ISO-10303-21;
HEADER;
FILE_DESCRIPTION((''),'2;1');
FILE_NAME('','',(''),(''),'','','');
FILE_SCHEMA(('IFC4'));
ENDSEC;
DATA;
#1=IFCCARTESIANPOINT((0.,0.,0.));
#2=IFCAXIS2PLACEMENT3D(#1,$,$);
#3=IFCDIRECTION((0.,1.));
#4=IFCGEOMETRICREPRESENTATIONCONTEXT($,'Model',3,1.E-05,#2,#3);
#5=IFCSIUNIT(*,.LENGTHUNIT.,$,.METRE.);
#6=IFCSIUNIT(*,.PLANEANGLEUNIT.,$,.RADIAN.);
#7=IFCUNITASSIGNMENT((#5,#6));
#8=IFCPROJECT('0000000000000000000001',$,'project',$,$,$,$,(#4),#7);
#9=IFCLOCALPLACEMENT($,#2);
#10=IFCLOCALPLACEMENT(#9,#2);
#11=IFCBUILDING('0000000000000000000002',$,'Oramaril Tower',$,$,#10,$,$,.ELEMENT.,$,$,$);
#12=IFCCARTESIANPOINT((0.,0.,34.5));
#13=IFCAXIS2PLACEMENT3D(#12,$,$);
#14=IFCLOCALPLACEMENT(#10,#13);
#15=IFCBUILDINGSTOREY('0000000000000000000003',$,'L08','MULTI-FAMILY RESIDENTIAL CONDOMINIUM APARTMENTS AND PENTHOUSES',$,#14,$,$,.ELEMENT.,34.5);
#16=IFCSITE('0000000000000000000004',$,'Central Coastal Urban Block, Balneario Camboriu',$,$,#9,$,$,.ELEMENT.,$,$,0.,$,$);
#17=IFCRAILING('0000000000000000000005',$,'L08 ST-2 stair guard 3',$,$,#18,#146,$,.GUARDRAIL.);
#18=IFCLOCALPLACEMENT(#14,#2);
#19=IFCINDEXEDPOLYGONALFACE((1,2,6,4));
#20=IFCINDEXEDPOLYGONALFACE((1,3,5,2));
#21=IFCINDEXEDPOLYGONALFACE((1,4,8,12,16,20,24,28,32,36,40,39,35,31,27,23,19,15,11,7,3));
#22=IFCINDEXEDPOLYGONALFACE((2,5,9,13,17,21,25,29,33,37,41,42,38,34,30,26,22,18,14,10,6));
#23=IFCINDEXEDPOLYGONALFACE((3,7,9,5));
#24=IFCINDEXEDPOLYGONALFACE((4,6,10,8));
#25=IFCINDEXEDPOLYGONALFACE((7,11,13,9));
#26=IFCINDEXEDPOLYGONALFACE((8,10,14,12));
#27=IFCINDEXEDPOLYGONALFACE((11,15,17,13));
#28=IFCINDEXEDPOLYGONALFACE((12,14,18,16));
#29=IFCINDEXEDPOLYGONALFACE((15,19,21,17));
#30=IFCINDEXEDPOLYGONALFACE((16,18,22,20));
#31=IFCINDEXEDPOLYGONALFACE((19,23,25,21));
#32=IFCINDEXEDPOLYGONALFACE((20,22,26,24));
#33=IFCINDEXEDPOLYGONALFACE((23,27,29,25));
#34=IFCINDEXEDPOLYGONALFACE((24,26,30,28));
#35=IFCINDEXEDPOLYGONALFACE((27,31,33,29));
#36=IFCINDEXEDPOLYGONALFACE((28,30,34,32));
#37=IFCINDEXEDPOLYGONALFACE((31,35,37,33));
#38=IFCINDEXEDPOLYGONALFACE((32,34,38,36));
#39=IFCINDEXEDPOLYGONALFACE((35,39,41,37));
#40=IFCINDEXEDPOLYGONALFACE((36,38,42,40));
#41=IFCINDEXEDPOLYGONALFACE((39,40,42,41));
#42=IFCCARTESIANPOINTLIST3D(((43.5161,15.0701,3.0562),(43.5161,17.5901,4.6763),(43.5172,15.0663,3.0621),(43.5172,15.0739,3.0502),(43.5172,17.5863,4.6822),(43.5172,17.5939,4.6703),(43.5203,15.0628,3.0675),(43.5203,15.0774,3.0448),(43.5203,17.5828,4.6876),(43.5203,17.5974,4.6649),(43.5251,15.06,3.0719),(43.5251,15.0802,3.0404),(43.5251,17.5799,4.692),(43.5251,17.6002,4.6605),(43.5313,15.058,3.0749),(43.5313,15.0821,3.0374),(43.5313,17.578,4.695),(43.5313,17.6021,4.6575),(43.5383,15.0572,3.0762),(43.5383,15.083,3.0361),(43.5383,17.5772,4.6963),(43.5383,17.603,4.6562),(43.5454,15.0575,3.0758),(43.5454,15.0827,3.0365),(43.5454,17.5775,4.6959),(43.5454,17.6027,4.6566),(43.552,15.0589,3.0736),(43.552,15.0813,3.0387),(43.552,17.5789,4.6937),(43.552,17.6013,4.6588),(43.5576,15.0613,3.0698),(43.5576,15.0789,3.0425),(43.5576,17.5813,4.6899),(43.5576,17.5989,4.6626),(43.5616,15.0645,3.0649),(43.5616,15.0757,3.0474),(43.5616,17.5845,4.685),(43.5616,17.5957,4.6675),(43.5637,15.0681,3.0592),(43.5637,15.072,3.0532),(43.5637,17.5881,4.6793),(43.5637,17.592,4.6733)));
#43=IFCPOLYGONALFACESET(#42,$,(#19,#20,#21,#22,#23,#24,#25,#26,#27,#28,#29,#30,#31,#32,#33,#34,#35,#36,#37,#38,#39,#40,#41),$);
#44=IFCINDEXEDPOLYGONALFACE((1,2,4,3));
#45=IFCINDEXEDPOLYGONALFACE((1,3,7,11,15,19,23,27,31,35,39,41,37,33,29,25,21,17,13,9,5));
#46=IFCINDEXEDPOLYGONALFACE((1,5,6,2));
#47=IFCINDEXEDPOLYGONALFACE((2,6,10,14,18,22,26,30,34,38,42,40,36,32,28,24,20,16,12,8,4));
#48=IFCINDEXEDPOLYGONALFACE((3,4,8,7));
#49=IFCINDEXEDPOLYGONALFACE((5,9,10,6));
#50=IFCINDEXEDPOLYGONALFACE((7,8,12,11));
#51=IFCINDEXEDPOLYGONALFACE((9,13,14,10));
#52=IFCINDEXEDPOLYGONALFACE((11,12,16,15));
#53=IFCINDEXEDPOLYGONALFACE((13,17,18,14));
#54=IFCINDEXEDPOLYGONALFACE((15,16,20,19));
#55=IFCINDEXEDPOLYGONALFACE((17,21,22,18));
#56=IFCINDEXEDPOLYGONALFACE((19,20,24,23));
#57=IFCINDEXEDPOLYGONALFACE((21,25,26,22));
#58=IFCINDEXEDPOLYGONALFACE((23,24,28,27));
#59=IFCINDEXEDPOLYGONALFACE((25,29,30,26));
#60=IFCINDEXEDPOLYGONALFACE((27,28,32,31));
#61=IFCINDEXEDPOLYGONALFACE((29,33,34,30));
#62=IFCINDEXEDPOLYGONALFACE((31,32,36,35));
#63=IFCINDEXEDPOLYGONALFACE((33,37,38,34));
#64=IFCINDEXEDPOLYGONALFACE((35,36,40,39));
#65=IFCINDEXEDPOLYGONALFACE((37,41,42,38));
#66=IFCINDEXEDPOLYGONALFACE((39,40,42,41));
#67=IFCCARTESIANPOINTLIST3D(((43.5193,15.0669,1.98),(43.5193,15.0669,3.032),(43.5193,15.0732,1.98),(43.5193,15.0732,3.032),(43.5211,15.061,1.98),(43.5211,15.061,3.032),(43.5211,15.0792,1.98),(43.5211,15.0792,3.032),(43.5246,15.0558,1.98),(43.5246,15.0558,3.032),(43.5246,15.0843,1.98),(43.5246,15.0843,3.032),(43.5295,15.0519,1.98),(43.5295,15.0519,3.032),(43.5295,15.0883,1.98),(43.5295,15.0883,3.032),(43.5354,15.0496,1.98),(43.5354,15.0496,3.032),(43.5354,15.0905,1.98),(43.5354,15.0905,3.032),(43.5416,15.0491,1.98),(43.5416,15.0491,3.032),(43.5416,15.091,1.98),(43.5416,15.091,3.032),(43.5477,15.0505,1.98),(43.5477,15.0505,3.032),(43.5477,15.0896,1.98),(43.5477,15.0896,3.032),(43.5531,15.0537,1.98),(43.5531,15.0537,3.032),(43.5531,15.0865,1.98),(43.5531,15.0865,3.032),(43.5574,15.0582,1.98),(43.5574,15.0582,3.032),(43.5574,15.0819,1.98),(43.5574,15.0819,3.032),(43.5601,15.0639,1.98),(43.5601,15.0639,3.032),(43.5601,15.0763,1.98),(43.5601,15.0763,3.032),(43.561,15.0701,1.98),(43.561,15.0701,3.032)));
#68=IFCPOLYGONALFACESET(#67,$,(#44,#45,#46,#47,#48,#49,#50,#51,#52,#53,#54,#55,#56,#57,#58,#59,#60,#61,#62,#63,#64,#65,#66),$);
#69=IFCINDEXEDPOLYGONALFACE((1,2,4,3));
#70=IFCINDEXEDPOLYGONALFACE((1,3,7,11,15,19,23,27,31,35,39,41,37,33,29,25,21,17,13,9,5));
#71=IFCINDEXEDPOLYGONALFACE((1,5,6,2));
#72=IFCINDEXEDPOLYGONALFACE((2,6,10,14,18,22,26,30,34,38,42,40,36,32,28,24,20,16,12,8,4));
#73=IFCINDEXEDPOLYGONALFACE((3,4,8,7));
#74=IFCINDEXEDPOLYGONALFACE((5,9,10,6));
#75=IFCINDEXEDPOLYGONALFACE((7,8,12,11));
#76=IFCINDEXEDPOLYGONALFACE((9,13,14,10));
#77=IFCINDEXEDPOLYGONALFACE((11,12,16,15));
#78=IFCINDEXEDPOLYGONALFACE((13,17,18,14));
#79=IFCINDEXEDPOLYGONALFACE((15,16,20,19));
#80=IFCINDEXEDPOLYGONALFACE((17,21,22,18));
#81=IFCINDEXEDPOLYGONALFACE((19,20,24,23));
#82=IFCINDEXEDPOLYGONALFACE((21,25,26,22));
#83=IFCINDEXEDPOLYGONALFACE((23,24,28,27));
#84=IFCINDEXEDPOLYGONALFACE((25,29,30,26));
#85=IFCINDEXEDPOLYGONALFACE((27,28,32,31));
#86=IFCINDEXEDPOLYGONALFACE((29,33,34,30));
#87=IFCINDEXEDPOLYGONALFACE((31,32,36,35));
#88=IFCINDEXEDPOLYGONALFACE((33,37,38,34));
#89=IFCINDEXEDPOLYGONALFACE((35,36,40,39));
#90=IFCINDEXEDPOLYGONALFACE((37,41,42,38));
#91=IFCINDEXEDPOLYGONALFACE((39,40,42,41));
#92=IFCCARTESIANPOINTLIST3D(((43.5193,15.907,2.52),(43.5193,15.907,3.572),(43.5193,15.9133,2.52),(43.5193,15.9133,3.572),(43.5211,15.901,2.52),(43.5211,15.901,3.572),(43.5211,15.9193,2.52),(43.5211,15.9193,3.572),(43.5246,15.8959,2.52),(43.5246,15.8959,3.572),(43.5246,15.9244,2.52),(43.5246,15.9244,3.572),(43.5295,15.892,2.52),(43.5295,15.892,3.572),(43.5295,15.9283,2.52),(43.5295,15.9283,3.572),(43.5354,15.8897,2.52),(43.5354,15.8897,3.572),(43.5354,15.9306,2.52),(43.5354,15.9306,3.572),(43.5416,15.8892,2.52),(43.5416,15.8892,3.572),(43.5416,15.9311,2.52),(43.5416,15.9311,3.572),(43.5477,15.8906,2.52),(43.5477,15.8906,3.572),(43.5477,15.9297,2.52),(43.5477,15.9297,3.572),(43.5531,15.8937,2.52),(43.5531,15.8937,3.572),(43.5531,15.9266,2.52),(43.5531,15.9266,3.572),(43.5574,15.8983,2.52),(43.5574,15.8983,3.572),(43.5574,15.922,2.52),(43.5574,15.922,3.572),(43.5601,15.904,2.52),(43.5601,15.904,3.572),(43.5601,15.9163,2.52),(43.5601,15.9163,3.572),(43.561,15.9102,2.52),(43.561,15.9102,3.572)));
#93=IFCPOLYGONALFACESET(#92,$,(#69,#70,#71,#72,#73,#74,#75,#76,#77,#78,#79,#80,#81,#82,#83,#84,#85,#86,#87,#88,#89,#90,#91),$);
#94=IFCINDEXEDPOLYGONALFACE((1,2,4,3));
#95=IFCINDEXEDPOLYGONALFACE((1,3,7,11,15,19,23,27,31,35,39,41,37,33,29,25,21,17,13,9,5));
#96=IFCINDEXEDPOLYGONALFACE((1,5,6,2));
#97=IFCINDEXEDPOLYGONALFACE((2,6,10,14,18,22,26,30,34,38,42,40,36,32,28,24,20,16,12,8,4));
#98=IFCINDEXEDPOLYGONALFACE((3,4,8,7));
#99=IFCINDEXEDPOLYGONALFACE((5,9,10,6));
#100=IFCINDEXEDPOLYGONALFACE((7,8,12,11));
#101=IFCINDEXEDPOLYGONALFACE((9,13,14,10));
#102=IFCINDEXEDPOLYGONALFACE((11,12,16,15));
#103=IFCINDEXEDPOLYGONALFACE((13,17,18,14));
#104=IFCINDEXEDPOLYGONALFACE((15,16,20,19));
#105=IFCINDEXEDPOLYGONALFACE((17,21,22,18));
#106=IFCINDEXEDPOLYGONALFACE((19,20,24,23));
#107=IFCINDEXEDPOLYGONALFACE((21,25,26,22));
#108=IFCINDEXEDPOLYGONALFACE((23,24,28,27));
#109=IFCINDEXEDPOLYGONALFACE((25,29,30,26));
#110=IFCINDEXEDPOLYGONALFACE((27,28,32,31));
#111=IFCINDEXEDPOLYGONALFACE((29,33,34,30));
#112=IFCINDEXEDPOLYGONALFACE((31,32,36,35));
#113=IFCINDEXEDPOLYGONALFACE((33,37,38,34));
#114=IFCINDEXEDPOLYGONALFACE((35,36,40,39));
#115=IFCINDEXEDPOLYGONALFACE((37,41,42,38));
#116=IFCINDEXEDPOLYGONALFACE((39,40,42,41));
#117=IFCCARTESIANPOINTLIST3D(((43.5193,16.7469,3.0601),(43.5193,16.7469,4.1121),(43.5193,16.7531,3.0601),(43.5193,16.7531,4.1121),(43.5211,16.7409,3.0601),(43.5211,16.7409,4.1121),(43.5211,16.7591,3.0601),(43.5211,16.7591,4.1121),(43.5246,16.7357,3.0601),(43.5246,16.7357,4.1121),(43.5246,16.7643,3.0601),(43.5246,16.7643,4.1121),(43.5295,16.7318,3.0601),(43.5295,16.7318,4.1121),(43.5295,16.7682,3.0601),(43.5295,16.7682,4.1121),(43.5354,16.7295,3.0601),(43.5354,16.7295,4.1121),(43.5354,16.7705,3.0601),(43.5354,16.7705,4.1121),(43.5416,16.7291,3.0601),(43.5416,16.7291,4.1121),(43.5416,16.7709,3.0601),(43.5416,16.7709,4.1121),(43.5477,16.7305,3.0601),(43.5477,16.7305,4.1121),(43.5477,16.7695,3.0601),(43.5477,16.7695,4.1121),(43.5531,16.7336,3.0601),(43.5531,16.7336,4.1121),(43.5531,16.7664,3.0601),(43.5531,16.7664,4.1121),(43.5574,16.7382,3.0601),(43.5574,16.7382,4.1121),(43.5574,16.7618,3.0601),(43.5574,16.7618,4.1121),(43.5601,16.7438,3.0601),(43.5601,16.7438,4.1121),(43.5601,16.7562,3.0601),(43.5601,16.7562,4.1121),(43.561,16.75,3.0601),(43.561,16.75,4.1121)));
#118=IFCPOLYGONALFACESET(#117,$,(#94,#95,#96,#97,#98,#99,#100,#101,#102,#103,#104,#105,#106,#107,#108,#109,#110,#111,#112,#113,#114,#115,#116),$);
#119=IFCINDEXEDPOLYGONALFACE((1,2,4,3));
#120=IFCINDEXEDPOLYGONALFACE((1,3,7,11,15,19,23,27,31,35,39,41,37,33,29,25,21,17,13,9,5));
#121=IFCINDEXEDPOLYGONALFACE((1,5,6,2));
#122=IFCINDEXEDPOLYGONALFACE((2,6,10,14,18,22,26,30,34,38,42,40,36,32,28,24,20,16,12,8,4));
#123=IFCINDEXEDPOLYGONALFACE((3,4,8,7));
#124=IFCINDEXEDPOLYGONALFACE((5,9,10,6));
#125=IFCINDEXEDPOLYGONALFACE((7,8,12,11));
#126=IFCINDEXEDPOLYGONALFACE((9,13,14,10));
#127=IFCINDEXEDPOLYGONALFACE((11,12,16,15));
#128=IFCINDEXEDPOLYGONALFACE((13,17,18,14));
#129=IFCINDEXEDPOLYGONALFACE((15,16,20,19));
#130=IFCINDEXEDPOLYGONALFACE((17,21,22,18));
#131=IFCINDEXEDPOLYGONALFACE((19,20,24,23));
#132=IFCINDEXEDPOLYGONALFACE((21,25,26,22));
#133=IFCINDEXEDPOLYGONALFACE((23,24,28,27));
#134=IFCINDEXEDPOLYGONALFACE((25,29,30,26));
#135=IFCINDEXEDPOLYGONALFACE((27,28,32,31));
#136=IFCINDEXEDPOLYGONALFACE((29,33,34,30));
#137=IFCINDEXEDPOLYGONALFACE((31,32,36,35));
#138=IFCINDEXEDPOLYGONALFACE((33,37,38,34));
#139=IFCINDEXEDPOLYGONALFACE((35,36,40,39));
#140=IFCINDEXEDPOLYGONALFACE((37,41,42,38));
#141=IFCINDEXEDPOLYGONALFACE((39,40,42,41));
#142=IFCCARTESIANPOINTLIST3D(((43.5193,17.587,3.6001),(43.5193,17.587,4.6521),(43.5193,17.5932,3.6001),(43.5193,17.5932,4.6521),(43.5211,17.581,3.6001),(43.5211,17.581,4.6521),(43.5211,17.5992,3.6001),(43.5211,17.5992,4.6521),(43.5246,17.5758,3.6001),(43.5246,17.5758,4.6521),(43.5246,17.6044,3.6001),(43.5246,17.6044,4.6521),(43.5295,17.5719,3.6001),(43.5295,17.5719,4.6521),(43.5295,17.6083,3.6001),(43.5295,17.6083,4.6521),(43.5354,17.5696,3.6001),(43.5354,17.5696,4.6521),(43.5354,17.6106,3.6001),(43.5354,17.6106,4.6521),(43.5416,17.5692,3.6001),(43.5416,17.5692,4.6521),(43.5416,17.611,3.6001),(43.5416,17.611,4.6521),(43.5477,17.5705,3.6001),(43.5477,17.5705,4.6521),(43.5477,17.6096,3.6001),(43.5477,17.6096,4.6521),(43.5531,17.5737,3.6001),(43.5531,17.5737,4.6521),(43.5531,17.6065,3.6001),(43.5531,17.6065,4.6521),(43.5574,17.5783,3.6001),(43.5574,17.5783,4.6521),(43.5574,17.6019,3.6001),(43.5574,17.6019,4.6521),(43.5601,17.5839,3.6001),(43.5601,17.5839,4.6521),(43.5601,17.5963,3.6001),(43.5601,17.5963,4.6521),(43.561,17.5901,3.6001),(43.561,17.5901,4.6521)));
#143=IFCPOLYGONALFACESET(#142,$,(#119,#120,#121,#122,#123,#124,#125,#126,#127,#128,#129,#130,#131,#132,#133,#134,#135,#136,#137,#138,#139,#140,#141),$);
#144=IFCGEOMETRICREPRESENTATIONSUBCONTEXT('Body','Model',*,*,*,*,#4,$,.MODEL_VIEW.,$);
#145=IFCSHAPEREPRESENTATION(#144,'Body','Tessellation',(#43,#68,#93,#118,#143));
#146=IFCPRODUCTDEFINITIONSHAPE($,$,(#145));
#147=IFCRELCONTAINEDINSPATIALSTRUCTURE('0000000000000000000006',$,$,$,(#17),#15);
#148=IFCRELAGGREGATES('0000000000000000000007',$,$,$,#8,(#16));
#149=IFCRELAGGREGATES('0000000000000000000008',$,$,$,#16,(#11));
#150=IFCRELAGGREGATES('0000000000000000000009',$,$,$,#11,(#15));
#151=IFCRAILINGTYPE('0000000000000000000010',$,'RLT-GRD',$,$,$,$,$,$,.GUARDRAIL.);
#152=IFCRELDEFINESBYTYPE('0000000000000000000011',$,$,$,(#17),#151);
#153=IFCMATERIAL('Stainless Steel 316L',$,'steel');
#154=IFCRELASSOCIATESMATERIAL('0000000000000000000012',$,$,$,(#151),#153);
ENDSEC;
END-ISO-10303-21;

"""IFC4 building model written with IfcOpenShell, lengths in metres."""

from ifc_helpers import new_model, si_unit, direction, frame, origin, origin_2d, place, context, subcontext, project, spatial, circle, extrude, material, type_object, element, save


model = new_model("IFC4")

# Units and contexts
model_context = context("Model", 3, precision=1e-05, world=origin(), true_north=direction((0.0, 1.0)))
body_context = subcontext(model_context, "Body", "Model", "MODEL_VIEW")
ifc_project = project(units=[si_unit("LENGTHUNIT", "METRE"), si_unit("PLANEANGLEUNIT", "RADIAN")], contexts=[model_context])

# Site, building, storey
site_placement = place(None, origin())
site = spatial("IfcSite", under=ifc_project, at=site_placement, Name="Central Coastal Urban Block, Balneario Camboriu", CompositionType="ELEMENT", RefElevation=0.0)
building_placement = place(site_placement, origin())
building = spatial("IfcBuilding", under=site, at=building_placement, Name="Oramaril Tower", CompositionType="ELEMENT")
storey_placement = place(building_placement, frame((0.0, 0.0, 34.5)))
storey = spatial("IfcBuildingStorey", under=building, at=storey_placement, Name="L08", Description="MULTI-FAMILY RESIDENTIAL CONDOMINIUM APARTMENTS AND PENTHOUSES", CompositionType="ELEMENT", Elevation=34.5)

# Railing
ifc_material_1 = material(Name="Stainless Steel 316L", Category="steel")
railing_type_1 = type_object("IfcRailingType", Name="RLT-GRD", PredefinedType="GUARDRAIL", material=ifc_material_1)
railing_1_placement = place(storey_placement, frame((43.54, 15.0701, 1.98)))
element("IfcRailing", 1, at=railing_1_placement, inside=storey, type_object=railing_type_1, Name="L08 ST-2 stair guard 3", PredefinedType="GUARDRAIL", context=body_context, shape_type="SweptSolid", body=[
    extrude(circle(Radius=0.0239, at=origin_2d()), frame((0.0, 0.0, 1.0762), z_axis=(0.0, 0.841163, 0.540782), x_axis=(-1.0, 0.0, 0.0)), (0.0, 0.0, 1.0), 2.9958),
    extrude(circle(Radius=0.021, at=origin_2d()), origin(), (0.0, 0.0, 1.0), 1.052),
    extrude(circle(Radius=0.021, at=origin_2d()), frame((0.0, 0.8401, 0.54)), (0.0, 0.0, 1.0), 1.052),
    extrude(circle(Radius=0.021, at=origin_2d()), frame((0.0, 1.6799, 1.0801)), (0.0, 0.0, 1.0), 1.052),
    extrude(circle(Radius=0.021, at=origin_2d()), frame((0.0, 2.52, 1.6201)), (0.0, 0.0, 1.0), 1.052),
])

save(model, "model.ifc")
